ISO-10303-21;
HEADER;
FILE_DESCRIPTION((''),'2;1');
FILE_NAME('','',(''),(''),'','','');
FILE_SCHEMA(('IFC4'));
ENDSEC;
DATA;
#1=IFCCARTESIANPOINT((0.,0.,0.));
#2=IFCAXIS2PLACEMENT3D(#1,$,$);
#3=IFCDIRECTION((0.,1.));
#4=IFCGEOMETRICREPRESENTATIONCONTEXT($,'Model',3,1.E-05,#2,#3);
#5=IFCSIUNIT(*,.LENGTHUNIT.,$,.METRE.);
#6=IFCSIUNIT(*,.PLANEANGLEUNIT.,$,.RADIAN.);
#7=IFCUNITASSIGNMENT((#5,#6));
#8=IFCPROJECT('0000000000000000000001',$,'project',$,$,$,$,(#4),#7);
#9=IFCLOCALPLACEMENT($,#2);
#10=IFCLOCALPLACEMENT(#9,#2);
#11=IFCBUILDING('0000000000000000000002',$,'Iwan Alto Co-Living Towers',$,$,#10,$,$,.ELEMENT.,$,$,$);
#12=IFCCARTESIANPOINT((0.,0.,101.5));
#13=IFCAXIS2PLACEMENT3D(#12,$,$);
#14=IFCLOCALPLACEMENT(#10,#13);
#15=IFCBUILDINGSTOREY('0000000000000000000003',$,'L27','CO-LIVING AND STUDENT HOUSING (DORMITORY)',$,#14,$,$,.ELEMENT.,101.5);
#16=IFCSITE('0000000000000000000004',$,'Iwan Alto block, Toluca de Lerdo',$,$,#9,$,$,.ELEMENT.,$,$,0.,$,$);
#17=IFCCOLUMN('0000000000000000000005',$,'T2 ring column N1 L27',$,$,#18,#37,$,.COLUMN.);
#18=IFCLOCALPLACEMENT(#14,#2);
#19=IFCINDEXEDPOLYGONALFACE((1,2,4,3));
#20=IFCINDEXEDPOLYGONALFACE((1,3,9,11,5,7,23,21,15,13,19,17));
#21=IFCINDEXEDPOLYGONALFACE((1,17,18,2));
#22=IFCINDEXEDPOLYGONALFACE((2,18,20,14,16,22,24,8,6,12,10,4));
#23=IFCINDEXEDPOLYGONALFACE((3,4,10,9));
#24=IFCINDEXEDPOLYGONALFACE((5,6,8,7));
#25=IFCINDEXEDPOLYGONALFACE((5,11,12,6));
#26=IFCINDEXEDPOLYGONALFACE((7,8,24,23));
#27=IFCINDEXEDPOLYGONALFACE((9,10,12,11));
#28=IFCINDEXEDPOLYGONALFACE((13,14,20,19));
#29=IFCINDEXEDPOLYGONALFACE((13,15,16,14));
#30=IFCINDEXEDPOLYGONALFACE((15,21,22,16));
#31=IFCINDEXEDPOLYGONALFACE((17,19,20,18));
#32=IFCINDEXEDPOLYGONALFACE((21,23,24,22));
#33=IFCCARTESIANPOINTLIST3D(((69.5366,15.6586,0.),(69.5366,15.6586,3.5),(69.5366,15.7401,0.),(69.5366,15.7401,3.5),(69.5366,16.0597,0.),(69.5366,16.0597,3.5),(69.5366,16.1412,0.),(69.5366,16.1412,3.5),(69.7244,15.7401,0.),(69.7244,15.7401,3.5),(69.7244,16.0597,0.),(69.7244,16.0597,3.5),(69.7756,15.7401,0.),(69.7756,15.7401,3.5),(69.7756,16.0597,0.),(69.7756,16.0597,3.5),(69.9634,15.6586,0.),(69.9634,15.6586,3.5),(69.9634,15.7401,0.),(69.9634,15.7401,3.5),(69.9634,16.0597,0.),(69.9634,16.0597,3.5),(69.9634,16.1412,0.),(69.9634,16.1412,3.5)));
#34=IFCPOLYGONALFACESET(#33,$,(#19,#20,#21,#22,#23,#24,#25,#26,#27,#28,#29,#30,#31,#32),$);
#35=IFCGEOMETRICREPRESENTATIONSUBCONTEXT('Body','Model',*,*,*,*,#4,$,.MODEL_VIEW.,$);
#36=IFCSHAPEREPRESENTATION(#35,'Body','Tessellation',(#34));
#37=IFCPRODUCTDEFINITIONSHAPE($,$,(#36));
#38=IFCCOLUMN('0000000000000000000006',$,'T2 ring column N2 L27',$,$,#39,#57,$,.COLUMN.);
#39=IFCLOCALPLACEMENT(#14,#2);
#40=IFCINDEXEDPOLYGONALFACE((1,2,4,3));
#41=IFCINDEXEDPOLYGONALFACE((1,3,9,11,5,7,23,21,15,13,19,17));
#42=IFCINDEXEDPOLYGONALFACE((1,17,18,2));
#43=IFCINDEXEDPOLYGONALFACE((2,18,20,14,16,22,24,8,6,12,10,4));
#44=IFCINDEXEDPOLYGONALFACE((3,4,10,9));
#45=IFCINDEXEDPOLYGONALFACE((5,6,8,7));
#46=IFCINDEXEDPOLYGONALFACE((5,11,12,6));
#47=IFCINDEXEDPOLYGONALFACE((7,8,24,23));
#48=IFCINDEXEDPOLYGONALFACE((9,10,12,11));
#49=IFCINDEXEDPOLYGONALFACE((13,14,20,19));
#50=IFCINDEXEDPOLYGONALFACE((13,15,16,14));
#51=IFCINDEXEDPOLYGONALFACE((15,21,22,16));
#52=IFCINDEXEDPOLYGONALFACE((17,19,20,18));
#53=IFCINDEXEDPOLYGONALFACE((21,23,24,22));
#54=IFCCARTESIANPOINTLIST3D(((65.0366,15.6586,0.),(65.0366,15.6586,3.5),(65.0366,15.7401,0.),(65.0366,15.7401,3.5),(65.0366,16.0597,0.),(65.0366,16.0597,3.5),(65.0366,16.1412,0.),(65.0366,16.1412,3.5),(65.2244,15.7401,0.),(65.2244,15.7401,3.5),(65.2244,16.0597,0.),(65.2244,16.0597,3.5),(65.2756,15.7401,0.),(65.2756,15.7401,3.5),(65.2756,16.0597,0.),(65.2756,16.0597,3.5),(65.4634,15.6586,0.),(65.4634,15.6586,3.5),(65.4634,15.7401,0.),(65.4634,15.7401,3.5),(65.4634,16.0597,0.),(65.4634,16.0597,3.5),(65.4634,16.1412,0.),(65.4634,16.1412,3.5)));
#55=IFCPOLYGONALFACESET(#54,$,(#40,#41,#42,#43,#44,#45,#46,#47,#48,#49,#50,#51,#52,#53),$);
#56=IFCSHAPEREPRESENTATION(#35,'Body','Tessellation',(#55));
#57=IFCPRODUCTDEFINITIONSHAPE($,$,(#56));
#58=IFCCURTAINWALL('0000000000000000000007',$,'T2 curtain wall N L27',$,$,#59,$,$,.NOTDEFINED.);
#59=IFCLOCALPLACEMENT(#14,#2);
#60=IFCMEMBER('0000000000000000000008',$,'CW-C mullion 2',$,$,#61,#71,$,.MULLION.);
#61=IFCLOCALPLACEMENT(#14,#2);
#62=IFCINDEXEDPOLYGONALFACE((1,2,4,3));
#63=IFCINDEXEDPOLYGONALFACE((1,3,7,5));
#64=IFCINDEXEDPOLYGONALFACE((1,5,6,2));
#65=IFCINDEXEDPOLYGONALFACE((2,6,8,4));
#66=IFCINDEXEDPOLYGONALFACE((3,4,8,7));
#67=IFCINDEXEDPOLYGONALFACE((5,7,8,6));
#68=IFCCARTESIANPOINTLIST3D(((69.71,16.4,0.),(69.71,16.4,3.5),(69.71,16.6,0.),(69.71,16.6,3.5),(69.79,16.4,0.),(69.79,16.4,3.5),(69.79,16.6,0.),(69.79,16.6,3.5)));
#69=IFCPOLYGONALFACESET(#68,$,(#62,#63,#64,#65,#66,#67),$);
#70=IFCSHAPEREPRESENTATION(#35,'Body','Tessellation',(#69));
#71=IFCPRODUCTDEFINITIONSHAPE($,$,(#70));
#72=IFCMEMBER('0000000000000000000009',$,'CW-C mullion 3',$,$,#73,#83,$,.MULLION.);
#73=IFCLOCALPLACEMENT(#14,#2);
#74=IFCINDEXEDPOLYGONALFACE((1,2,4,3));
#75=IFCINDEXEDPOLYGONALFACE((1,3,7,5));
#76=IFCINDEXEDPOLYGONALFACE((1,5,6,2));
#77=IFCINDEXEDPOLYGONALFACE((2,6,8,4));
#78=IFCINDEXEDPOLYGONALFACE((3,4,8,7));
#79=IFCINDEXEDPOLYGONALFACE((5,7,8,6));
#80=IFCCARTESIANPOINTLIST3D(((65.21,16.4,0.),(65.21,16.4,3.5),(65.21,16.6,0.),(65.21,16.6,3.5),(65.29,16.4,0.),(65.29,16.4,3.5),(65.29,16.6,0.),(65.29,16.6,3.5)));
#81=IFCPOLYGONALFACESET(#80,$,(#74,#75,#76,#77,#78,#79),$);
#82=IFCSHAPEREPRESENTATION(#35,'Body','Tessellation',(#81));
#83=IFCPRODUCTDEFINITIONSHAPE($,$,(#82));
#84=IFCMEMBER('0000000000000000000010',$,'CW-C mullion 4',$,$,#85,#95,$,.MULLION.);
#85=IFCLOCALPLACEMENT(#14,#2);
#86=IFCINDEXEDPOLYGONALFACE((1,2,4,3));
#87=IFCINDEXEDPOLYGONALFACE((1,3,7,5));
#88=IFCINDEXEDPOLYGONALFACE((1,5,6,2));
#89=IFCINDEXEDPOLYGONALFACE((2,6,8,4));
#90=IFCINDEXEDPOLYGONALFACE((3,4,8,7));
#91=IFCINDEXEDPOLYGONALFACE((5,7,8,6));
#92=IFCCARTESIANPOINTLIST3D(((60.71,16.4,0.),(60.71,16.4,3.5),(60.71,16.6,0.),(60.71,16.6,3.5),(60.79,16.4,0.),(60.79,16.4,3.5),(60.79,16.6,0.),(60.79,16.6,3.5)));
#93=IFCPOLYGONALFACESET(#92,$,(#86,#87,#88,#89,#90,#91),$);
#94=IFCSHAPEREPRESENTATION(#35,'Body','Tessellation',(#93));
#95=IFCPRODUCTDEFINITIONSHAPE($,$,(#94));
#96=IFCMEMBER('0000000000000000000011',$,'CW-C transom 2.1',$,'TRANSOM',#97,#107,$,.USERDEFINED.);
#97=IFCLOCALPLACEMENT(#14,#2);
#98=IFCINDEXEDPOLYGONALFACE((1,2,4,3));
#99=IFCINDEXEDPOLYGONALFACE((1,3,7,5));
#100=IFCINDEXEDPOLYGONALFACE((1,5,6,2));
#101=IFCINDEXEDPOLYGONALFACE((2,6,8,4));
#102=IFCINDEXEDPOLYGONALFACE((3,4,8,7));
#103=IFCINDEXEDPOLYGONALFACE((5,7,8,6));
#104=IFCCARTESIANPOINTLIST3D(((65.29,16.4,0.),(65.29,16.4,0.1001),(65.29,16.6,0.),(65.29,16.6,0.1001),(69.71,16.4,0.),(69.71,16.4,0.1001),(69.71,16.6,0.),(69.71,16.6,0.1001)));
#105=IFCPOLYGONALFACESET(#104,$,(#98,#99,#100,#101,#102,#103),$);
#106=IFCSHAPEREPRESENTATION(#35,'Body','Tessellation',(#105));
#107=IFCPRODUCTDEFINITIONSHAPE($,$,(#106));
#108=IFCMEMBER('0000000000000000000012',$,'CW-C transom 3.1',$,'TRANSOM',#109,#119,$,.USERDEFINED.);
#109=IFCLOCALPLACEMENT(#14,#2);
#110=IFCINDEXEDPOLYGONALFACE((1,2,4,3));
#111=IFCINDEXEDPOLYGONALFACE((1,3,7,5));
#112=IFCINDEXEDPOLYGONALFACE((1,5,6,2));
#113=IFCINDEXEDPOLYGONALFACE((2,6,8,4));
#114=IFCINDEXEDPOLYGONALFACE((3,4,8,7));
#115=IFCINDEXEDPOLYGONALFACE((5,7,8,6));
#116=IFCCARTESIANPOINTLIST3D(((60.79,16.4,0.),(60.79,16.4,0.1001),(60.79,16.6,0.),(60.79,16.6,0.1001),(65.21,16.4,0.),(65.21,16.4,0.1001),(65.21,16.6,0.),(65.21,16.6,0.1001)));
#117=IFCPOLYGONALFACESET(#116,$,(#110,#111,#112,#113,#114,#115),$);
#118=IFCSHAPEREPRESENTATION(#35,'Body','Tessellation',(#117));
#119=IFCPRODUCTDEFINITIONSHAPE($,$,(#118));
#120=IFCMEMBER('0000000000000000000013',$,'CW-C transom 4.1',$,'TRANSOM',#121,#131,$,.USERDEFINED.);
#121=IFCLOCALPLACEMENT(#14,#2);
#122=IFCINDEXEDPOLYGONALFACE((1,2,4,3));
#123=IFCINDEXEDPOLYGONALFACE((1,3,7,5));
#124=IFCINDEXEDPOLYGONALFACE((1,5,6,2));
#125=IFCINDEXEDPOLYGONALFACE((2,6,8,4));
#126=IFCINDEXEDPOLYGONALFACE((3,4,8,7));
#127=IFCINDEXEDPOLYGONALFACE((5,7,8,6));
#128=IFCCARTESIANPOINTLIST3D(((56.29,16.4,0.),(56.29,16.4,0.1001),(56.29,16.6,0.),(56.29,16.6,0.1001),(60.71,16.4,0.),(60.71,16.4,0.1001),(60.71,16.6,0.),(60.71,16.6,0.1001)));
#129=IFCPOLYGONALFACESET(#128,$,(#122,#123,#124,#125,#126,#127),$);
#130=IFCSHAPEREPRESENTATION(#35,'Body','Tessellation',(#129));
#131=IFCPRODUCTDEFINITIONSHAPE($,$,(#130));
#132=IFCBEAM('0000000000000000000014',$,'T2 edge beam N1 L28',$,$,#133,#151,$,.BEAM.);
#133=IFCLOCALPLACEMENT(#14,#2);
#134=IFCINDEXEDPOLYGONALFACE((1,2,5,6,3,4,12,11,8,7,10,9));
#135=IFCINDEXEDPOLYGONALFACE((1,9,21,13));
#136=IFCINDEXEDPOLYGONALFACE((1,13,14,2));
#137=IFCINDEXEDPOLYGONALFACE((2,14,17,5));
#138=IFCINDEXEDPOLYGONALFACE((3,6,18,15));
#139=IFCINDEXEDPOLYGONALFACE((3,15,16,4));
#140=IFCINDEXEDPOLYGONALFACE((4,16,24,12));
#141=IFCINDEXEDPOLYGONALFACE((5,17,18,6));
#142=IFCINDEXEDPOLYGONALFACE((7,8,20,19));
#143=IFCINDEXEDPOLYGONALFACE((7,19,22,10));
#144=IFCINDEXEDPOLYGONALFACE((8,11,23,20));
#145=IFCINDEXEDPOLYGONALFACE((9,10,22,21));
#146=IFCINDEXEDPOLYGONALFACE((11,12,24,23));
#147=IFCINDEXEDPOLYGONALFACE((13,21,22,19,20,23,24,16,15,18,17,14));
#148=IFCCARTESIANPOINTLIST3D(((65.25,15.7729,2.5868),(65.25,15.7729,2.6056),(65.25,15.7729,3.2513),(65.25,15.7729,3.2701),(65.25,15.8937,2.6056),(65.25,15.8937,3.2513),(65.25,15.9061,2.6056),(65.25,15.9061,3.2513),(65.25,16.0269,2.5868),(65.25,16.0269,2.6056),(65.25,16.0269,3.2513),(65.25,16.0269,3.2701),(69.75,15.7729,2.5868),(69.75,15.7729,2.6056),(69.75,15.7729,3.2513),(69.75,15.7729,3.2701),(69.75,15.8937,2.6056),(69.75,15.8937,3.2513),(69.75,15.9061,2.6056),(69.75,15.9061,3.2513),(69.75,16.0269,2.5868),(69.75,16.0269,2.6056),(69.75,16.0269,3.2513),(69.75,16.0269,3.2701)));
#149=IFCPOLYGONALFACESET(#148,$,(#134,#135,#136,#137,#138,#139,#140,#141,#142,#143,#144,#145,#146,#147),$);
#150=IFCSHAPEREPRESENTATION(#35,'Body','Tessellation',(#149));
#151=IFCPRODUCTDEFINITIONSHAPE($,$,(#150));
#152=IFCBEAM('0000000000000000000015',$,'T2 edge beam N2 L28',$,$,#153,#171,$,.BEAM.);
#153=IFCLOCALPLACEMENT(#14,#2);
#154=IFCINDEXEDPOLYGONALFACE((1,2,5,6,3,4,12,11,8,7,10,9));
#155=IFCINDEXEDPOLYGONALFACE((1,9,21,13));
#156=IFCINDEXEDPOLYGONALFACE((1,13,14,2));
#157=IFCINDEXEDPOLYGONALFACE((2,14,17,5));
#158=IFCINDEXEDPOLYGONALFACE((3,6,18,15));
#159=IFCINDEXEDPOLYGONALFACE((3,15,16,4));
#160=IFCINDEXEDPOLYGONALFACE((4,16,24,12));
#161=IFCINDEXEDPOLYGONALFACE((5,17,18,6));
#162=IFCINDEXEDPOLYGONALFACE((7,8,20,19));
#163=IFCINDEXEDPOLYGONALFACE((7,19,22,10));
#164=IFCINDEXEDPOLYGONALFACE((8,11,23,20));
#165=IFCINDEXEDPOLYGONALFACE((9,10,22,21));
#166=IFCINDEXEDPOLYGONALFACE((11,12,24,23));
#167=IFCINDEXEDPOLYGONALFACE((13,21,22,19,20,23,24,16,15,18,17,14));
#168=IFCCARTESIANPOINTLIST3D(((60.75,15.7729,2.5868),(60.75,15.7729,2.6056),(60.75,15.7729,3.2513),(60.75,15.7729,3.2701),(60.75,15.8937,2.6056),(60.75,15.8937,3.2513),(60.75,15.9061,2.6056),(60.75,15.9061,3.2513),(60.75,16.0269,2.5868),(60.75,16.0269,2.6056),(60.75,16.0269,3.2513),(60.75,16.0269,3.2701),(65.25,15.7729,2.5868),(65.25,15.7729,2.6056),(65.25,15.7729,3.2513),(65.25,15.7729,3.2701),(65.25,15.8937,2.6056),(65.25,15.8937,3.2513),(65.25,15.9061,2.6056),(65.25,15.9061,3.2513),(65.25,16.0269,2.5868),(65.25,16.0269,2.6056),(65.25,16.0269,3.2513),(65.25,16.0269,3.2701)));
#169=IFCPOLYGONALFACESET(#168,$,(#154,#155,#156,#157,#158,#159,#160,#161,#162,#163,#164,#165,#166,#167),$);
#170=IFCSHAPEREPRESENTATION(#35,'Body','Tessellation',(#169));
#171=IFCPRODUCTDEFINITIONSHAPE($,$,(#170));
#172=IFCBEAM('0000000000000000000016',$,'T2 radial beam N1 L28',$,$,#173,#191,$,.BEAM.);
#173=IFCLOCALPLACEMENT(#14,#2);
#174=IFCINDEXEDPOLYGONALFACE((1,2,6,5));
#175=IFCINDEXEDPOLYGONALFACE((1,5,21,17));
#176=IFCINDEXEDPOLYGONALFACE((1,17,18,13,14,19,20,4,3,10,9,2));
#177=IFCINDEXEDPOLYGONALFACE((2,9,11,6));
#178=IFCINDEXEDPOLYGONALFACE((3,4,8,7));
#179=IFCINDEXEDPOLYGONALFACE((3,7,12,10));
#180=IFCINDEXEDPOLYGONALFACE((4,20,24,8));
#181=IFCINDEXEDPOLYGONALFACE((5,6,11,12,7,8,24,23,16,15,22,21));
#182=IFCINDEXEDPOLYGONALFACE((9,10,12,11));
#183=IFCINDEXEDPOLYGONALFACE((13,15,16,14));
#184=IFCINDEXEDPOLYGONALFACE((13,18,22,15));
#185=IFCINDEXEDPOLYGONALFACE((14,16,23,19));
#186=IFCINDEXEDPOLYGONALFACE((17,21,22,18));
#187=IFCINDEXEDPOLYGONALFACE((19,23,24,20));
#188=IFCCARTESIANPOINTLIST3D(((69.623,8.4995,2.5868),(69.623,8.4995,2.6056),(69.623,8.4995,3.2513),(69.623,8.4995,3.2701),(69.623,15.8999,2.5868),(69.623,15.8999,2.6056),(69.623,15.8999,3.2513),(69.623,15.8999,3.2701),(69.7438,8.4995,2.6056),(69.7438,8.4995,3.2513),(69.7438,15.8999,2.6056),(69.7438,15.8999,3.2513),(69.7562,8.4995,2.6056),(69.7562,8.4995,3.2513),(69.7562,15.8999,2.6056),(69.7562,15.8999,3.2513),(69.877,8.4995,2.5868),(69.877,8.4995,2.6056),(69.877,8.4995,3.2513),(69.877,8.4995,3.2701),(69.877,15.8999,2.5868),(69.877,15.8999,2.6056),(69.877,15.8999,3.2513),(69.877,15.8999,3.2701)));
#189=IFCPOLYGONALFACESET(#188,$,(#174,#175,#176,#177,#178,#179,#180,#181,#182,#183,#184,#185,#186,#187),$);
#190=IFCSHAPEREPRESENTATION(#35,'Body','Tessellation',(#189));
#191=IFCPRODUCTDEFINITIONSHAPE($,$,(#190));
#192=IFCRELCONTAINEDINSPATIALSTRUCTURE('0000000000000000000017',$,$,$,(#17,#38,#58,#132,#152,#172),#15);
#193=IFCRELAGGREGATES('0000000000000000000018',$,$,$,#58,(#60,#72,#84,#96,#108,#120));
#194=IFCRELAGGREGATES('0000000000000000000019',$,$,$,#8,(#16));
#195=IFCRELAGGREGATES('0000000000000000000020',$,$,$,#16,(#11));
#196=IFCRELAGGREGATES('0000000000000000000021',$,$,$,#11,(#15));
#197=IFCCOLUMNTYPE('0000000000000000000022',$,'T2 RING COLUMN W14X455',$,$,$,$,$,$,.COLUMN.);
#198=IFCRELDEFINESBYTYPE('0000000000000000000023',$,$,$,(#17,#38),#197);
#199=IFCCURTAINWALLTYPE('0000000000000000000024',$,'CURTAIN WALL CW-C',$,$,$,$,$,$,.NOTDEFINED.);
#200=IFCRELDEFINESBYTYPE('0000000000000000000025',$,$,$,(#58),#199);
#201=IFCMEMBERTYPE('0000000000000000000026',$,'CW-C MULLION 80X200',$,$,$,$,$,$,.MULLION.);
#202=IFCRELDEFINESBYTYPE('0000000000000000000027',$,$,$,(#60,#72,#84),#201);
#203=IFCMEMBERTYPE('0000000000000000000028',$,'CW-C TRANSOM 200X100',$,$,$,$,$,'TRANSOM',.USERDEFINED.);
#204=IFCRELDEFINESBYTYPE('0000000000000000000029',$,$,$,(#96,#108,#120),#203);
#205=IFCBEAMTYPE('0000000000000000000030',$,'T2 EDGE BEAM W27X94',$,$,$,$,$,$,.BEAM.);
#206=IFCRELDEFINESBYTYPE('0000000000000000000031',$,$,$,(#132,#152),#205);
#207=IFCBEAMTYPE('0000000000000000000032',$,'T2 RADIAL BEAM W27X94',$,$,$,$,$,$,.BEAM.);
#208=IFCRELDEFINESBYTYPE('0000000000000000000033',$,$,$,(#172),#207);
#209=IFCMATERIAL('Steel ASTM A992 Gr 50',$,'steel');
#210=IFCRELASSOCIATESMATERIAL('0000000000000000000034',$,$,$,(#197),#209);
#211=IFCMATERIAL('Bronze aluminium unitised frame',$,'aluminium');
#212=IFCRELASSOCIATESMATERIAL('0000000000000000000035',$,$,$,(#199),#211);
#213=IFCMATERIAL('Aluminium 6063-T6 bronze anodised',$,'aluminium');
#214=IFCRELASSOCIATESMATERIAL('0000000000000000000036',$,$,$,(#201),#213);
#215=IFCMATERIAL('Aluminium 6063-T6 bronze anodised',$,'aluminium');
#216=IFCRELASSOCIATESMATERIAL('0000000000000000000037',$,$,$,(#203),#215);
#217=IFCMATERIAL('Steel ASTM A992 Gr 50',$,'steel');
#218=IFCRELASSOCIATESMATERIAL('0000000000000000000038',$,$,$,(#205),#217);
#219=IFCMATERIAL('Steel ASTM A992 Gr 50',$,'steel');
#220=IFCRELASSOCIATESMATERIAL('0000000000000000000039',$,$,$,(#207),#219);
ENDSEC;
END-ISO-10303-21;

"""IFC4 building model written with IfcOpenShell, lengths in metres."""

from ifc_helpers import new_model, si_unit, direction, frame, origin, origin_2d, place, context, subcontext, project, spatial, rectangle, i_section, extrude, material, material_profile, profile_set, type_object, element, aggregate, save


model = new_model("IFC4")

# Units and contexts
model_context = context("Model", 3, precision=1e-05, world=origin(), true_north=direction((0.0, 1.0)))
body_context = subcontext(model_context, "Body", "Model", "MODEL_VIEW")
ifc_project = project(units=[si_unit("LENGTHUNIT", "METRE"), si_unit("PLANEANGLEUNIT", "RADIAN")], contexts=[model_context])

# Site, building, storey
site_placement = place(None, origin())
site = spatial("IfcSite", under=ifc_project, at=site_placement, Name="Iwan Alto block, Toluca de Lerdo", CompositionType="ELEMENT", RefElevation=0.0)
building_placement = place(site_placement, origin())
building = spatial("IfcBuilding", under=site, at=building_placement, Name="Iwan Alto Co-Living Towers", CompositionType="ELEMENT")
storey_placement = place(building_placement, frame((0.0, 0.0, 101.5)))
storey = spatial("IfcBuildingStorey", under=building, at=storey_placement, Name="L27", Description="CO-LIVING AND STUDENT HOUSING (DORMITORY)", CompositionType="ELEMENT", Elevation=101.5)

# Columns
ifc_material_1 = material(Name="Steel ASTM A992 Gr 50", Category="steel")
ifc_material_profile_1 = material_profile(ifc_material_1, i_section(OverallWidth=0.4268, OverallDepth=0.4827, WebThickness=0.0513, FlangeThickness=0.0815, at=origin_2d()), Name="W14X455")
ifc_profile_set_1 = profile_set([ifc_material_profile_1], Name="Steel ASTM A992 Gr 50")
column_type = type_object("IfcColumnType", Name="T2 RING COLUMN W14X455", PredefinedType="COLUMN", material=ifc_profile_set_1)
for number, where, z_axis, x_axis, name in (
    (1, (69.75, 15.8999, 0.0), (0.0, 0.0, 1.0), (1.0, 0.0, 0.0), "T2 ring column N1 L27"),
    (2, (65.25, 15.8999, 0.0), (0.0, 0.0, 1.0), (1.0, 0.0, 0.0), "T2 ring column N2 L27"),
):
    element("IfcColumn", number, at=place(storey_placement, frame(where, z_axis=z_axis, x_axis=x_axis)), inside=storey, type_object=column_type, Name=name, PredefinedType="COLUMN", context=body_context, shape_type="SweptSolid", body=[
        extrude(i_section(OverallWidth=0.4268, OverallDepth=0.4827, WebThickness=0.0513, FlangeThickness=0.0815, at=origin_2d()), origin(), (0.0, 0.0, 1.0), 3.5),
    ])

# Curtain wall, members
ifc_material_2 = material(Name="Bronze aluminium unitised frame", Category="aluminium")
curtain_wall_type = type_object("IfcCurtainWallType", Name="CURTAIN WALL CW-C", PredefinedType="NOTDEFINED", material=ifc_material_2)
curtain_wall_placement = place(storey_placement, origin())
curtain_wall = element("IfcCurtainWall", 3, at=curtain_wall_placement, inside=storey, type_object=curtain_wall_type, Name="T2 curtain wall N L27", PredefinedType="NOTDEFINED")
ifc_material_3 = material(Name="Aluminium 6063-T6 bronze anodised", Category="aluminium")
ifc_material_profile_2 = material_profile(ifc_material_3, rectangle(XDim=0.2, YDim=0.0801, at=origin_2d()), Name="AL 80X200")
ifc_profile_set_2 = profile_set([ifc_material_profile_2], Name="Aluminium 6063-T6 bronze anodised")
member_type_1 = type_object("IfcMemberType", Name="CW-C MULLION 80X200", PredefinedType="MULLION", material=ifc_profile_set_2)
member_1_placement = place(storey_placement, frame((69.75, 16.5, 0.0), z_axis=(0.0, 0.0, 1.0), x_axis=(0.0, -1.0, 0.0)))
member_1 = element("IfcMember", 4, at=member_1_placement, type_object=member_type_1, Name="CW-C mullion 2", PredefinedType="MULLION", context=body_context, shape_type="SweptSolid", body=[
    extrude(rectangle(XDim=0.2, YDim=0.0801, at=origin_2d()), origin(), (0.0, 0.0, 1.0), 3.5),
])
member_2_placement = place(storey_placement, frame((65.25, 16.5, 0.0), z_axis=(0.0, 0.0, 1.0), x_axis=(0.0, -1.0, 0.0)))
member_2 = element("IfcMember", 5, at=member_2_placement, type_object=member_type_1, Name="CW-C mullion 3", PredefinedType="MULLION", context=body_context, shape_type="SweptSolid", body=[
    extrude(rectangle(XDim=0.2, YDim=0.0801, at=origin_2d()), origin(), (0.0, 0.0, 1.0), 3.5),
])
member_3_placement = place(storey_placement, frame((60.75, 16.5, 0.0), z_axis=(0.0, 0.0, 1.0), x_axis=(0.0, -1.0, 0.0)))
member_3 = element("IfcMember", 6, at=member_3_placement, type_object=member_type_1, Name="CW-C mullion 4", PredefinedType="MULLION", context=body_context, shape_type="SweptSolid", body=[
    extrude(rectangle(XDim=0.2, YDim=0.0801, at=origin_2d()), origin(), (0.0, 0.0, 1.0), 3.5),
])
ifc_material_4 = material(Name="Aluminium 6063-T6 bronze anodised", Category="aluminium")
ifc_material_profile_3 = material_profile(ifc_material_4, rectangle(XDim=0.2, YDim=0.1001, at=origin_2d()), Name="AL 200X100")
ifc_profile_set_3 = profile_set([ifc_material_profile_3], Name="Aluminium 6063-T6 bronze anodised")
member_type_2 = type_object("IfcMemberType", Name="CW-C TRANSOM 200X100", ElementType="TRANSOM", PredefinedType="USERDEFINED", material=ifc_profile_set_3)
member_4_placement = place(storey_placement, frame((69.71, 16.5, 0.05), z_axis=(-1.0, 0.0, 0.0), x_axis=(0.0, -1.0, 0.0)))
member_4 = element("IfcMember", 7, at=member_4_placement, type_object=member_type_2, Name="CW-C transom 2.1", ObjectType="TRANSOM", PredefinedType="USERDEFINED", context=body_context, shape_type="SweptSolid", body=[
    extrude(rectangle(XDim=0.2, YDim=0.1001, at=origin_2d()), origin(), (0.0, 0.0, 1.0), 4.4199),
])
member_5_placement = place(storey_placement, frame((65.21, 16.5, 0.05), z_axis=(-1.0, 0.0, 0.0), x_axis=(0.0, -1.0, 0.0)))
member_5 = element("IfcMember", 8, at=member_5_placement, type_object=member_type_2, Name="CW-C transom 3.1", ObjectType="TRANSOM", PredefinedType="USERDEFINED", context=body_context, shape_type="SweptSolid", body=[
    extrude(rectangle(XDim=0.2, YDim=0.1001, at=origin_2d()), origin(), (0.0, 0.0, 1.0), 4.4199),
])
member_6_placement = place(storey_placement, frame((60.71, 16.5, 0.05), z_axis=(-1.0, 0.0, 0.0), x_axis=(0.0, -1.0, 0.0)))
member_6 = element("IfcMember", 9, at=member_6_placement, type_object=member_type_2, Name="CW-C transom 4.1", ObjectType="TRANSOM", PredefinedType="USERDEFINED", context=body_context, shape_type="SweptSolid", body=[
    extrude(rectangle(XDim=0.2, YDim=0.1001, at=origin_2d()), origin(), (0.0, 0.0, 1.0), 4.4199),
])

# Beams
ifc_material_5 = material(Name="Steel ASTM A992 Gr 50", Category="steel")
ifc_material_profile_4 = material_profile(ifc_material_5, i_section(OverallWidth=0.2539, OverallDepth=0.6833, WebThickness=0.0125, FlangeThickness=0.0188, at=origin_2d()), Name="W27X94")
ifc_profile_set_4 = profile_set([ifc_material_profile_4], Name="Steel ASTM A992 Gr 50")
beam_type_1 = type_object("IfcBeamType", Name="T2 EDGE BEAM W27X94", PredefinedType="BEAM", material=ifc_profile_set_4)
for number, where, z_axis, x_axis, name in (
    (10, (69.75, 15.8999, 2.9285), (-1.0, 0.0, 0.0), (0.0, -1.0, 0.0), "T2 edge beam N1 L28"),
    (11, (65.25, 15.8999, 2.9285), (-1.0, 0.0, 0.0), (0.0, -1.0, 0.0), "T2 edge beam N2 L28"),
):
    element("IfcBeam", number, at=place(storey_placement, frame(where, z_axis=z_axis, x_axis=x_axis)), inside=storey, type_object=beam_type_1, Name=name, PredefinedType="BEAM", context=body_context, shape_type="SweptSolid", body=[
        extrude(i_section(OverallWidth=0.2539, OverallDepth=0.6833, WebThickness=0.0125, FlangeThickness=0.0188, at=origin_2d()), origin(), (0.0, 0.0, 1.0), 4.5),
    ])
ifc_material_6 = material(Name="Steel ASTM A992 Gr 50", Category="steel")
ifc_material_profile_5 = material_profile(ifc_material_6, i_section(OverallWidth=0.2539, OverallDepth=0.6833, WebThickness=0.0125, FlangeThickness=0.0188, at=origin_2d()), Name="W27X94")
ifc_profile_set_5 = profile_set([ifc_material_profile_5], Name="Steel ASTM A992 Gr 50")
beam_type_2 = type_object("IfcBeamType", Name="T2 RADIAL BEAM W27X94", PredefinedType="BEAM", material=ifc_profile_set_5)
for number, where, z_axis, x_axis, name in (
    (12, (69.75, 15.8999, 2.9285), (0.0, -1.0, 0.0), (1.0, 0.0, 0.0), "T2 radial beam N1 L28"),
):
    element("IfcBeam", number, at=place(storey_placement, frame(where, z_axis=z_axis, x_axis=x_axis)), inside=storey, type_object=beam_type_2, Name=name, PredefinedType="BEAM", context=body_context, shape_type="SweptSolid", body=[
        extrude(i_section(OverallWidth=0.2539, OverallDepth=0.6833, WebThickness=0.0125, FlangeThickness=0.0188, at=origin_2d()), origin(), (0.0, 0.0, 1.0), 7.4004),
    ])

aggregate(curtain_wall, [member_1, member_2, member_3, member_4, member_5, member_6])

save(model, "model.ifc")
